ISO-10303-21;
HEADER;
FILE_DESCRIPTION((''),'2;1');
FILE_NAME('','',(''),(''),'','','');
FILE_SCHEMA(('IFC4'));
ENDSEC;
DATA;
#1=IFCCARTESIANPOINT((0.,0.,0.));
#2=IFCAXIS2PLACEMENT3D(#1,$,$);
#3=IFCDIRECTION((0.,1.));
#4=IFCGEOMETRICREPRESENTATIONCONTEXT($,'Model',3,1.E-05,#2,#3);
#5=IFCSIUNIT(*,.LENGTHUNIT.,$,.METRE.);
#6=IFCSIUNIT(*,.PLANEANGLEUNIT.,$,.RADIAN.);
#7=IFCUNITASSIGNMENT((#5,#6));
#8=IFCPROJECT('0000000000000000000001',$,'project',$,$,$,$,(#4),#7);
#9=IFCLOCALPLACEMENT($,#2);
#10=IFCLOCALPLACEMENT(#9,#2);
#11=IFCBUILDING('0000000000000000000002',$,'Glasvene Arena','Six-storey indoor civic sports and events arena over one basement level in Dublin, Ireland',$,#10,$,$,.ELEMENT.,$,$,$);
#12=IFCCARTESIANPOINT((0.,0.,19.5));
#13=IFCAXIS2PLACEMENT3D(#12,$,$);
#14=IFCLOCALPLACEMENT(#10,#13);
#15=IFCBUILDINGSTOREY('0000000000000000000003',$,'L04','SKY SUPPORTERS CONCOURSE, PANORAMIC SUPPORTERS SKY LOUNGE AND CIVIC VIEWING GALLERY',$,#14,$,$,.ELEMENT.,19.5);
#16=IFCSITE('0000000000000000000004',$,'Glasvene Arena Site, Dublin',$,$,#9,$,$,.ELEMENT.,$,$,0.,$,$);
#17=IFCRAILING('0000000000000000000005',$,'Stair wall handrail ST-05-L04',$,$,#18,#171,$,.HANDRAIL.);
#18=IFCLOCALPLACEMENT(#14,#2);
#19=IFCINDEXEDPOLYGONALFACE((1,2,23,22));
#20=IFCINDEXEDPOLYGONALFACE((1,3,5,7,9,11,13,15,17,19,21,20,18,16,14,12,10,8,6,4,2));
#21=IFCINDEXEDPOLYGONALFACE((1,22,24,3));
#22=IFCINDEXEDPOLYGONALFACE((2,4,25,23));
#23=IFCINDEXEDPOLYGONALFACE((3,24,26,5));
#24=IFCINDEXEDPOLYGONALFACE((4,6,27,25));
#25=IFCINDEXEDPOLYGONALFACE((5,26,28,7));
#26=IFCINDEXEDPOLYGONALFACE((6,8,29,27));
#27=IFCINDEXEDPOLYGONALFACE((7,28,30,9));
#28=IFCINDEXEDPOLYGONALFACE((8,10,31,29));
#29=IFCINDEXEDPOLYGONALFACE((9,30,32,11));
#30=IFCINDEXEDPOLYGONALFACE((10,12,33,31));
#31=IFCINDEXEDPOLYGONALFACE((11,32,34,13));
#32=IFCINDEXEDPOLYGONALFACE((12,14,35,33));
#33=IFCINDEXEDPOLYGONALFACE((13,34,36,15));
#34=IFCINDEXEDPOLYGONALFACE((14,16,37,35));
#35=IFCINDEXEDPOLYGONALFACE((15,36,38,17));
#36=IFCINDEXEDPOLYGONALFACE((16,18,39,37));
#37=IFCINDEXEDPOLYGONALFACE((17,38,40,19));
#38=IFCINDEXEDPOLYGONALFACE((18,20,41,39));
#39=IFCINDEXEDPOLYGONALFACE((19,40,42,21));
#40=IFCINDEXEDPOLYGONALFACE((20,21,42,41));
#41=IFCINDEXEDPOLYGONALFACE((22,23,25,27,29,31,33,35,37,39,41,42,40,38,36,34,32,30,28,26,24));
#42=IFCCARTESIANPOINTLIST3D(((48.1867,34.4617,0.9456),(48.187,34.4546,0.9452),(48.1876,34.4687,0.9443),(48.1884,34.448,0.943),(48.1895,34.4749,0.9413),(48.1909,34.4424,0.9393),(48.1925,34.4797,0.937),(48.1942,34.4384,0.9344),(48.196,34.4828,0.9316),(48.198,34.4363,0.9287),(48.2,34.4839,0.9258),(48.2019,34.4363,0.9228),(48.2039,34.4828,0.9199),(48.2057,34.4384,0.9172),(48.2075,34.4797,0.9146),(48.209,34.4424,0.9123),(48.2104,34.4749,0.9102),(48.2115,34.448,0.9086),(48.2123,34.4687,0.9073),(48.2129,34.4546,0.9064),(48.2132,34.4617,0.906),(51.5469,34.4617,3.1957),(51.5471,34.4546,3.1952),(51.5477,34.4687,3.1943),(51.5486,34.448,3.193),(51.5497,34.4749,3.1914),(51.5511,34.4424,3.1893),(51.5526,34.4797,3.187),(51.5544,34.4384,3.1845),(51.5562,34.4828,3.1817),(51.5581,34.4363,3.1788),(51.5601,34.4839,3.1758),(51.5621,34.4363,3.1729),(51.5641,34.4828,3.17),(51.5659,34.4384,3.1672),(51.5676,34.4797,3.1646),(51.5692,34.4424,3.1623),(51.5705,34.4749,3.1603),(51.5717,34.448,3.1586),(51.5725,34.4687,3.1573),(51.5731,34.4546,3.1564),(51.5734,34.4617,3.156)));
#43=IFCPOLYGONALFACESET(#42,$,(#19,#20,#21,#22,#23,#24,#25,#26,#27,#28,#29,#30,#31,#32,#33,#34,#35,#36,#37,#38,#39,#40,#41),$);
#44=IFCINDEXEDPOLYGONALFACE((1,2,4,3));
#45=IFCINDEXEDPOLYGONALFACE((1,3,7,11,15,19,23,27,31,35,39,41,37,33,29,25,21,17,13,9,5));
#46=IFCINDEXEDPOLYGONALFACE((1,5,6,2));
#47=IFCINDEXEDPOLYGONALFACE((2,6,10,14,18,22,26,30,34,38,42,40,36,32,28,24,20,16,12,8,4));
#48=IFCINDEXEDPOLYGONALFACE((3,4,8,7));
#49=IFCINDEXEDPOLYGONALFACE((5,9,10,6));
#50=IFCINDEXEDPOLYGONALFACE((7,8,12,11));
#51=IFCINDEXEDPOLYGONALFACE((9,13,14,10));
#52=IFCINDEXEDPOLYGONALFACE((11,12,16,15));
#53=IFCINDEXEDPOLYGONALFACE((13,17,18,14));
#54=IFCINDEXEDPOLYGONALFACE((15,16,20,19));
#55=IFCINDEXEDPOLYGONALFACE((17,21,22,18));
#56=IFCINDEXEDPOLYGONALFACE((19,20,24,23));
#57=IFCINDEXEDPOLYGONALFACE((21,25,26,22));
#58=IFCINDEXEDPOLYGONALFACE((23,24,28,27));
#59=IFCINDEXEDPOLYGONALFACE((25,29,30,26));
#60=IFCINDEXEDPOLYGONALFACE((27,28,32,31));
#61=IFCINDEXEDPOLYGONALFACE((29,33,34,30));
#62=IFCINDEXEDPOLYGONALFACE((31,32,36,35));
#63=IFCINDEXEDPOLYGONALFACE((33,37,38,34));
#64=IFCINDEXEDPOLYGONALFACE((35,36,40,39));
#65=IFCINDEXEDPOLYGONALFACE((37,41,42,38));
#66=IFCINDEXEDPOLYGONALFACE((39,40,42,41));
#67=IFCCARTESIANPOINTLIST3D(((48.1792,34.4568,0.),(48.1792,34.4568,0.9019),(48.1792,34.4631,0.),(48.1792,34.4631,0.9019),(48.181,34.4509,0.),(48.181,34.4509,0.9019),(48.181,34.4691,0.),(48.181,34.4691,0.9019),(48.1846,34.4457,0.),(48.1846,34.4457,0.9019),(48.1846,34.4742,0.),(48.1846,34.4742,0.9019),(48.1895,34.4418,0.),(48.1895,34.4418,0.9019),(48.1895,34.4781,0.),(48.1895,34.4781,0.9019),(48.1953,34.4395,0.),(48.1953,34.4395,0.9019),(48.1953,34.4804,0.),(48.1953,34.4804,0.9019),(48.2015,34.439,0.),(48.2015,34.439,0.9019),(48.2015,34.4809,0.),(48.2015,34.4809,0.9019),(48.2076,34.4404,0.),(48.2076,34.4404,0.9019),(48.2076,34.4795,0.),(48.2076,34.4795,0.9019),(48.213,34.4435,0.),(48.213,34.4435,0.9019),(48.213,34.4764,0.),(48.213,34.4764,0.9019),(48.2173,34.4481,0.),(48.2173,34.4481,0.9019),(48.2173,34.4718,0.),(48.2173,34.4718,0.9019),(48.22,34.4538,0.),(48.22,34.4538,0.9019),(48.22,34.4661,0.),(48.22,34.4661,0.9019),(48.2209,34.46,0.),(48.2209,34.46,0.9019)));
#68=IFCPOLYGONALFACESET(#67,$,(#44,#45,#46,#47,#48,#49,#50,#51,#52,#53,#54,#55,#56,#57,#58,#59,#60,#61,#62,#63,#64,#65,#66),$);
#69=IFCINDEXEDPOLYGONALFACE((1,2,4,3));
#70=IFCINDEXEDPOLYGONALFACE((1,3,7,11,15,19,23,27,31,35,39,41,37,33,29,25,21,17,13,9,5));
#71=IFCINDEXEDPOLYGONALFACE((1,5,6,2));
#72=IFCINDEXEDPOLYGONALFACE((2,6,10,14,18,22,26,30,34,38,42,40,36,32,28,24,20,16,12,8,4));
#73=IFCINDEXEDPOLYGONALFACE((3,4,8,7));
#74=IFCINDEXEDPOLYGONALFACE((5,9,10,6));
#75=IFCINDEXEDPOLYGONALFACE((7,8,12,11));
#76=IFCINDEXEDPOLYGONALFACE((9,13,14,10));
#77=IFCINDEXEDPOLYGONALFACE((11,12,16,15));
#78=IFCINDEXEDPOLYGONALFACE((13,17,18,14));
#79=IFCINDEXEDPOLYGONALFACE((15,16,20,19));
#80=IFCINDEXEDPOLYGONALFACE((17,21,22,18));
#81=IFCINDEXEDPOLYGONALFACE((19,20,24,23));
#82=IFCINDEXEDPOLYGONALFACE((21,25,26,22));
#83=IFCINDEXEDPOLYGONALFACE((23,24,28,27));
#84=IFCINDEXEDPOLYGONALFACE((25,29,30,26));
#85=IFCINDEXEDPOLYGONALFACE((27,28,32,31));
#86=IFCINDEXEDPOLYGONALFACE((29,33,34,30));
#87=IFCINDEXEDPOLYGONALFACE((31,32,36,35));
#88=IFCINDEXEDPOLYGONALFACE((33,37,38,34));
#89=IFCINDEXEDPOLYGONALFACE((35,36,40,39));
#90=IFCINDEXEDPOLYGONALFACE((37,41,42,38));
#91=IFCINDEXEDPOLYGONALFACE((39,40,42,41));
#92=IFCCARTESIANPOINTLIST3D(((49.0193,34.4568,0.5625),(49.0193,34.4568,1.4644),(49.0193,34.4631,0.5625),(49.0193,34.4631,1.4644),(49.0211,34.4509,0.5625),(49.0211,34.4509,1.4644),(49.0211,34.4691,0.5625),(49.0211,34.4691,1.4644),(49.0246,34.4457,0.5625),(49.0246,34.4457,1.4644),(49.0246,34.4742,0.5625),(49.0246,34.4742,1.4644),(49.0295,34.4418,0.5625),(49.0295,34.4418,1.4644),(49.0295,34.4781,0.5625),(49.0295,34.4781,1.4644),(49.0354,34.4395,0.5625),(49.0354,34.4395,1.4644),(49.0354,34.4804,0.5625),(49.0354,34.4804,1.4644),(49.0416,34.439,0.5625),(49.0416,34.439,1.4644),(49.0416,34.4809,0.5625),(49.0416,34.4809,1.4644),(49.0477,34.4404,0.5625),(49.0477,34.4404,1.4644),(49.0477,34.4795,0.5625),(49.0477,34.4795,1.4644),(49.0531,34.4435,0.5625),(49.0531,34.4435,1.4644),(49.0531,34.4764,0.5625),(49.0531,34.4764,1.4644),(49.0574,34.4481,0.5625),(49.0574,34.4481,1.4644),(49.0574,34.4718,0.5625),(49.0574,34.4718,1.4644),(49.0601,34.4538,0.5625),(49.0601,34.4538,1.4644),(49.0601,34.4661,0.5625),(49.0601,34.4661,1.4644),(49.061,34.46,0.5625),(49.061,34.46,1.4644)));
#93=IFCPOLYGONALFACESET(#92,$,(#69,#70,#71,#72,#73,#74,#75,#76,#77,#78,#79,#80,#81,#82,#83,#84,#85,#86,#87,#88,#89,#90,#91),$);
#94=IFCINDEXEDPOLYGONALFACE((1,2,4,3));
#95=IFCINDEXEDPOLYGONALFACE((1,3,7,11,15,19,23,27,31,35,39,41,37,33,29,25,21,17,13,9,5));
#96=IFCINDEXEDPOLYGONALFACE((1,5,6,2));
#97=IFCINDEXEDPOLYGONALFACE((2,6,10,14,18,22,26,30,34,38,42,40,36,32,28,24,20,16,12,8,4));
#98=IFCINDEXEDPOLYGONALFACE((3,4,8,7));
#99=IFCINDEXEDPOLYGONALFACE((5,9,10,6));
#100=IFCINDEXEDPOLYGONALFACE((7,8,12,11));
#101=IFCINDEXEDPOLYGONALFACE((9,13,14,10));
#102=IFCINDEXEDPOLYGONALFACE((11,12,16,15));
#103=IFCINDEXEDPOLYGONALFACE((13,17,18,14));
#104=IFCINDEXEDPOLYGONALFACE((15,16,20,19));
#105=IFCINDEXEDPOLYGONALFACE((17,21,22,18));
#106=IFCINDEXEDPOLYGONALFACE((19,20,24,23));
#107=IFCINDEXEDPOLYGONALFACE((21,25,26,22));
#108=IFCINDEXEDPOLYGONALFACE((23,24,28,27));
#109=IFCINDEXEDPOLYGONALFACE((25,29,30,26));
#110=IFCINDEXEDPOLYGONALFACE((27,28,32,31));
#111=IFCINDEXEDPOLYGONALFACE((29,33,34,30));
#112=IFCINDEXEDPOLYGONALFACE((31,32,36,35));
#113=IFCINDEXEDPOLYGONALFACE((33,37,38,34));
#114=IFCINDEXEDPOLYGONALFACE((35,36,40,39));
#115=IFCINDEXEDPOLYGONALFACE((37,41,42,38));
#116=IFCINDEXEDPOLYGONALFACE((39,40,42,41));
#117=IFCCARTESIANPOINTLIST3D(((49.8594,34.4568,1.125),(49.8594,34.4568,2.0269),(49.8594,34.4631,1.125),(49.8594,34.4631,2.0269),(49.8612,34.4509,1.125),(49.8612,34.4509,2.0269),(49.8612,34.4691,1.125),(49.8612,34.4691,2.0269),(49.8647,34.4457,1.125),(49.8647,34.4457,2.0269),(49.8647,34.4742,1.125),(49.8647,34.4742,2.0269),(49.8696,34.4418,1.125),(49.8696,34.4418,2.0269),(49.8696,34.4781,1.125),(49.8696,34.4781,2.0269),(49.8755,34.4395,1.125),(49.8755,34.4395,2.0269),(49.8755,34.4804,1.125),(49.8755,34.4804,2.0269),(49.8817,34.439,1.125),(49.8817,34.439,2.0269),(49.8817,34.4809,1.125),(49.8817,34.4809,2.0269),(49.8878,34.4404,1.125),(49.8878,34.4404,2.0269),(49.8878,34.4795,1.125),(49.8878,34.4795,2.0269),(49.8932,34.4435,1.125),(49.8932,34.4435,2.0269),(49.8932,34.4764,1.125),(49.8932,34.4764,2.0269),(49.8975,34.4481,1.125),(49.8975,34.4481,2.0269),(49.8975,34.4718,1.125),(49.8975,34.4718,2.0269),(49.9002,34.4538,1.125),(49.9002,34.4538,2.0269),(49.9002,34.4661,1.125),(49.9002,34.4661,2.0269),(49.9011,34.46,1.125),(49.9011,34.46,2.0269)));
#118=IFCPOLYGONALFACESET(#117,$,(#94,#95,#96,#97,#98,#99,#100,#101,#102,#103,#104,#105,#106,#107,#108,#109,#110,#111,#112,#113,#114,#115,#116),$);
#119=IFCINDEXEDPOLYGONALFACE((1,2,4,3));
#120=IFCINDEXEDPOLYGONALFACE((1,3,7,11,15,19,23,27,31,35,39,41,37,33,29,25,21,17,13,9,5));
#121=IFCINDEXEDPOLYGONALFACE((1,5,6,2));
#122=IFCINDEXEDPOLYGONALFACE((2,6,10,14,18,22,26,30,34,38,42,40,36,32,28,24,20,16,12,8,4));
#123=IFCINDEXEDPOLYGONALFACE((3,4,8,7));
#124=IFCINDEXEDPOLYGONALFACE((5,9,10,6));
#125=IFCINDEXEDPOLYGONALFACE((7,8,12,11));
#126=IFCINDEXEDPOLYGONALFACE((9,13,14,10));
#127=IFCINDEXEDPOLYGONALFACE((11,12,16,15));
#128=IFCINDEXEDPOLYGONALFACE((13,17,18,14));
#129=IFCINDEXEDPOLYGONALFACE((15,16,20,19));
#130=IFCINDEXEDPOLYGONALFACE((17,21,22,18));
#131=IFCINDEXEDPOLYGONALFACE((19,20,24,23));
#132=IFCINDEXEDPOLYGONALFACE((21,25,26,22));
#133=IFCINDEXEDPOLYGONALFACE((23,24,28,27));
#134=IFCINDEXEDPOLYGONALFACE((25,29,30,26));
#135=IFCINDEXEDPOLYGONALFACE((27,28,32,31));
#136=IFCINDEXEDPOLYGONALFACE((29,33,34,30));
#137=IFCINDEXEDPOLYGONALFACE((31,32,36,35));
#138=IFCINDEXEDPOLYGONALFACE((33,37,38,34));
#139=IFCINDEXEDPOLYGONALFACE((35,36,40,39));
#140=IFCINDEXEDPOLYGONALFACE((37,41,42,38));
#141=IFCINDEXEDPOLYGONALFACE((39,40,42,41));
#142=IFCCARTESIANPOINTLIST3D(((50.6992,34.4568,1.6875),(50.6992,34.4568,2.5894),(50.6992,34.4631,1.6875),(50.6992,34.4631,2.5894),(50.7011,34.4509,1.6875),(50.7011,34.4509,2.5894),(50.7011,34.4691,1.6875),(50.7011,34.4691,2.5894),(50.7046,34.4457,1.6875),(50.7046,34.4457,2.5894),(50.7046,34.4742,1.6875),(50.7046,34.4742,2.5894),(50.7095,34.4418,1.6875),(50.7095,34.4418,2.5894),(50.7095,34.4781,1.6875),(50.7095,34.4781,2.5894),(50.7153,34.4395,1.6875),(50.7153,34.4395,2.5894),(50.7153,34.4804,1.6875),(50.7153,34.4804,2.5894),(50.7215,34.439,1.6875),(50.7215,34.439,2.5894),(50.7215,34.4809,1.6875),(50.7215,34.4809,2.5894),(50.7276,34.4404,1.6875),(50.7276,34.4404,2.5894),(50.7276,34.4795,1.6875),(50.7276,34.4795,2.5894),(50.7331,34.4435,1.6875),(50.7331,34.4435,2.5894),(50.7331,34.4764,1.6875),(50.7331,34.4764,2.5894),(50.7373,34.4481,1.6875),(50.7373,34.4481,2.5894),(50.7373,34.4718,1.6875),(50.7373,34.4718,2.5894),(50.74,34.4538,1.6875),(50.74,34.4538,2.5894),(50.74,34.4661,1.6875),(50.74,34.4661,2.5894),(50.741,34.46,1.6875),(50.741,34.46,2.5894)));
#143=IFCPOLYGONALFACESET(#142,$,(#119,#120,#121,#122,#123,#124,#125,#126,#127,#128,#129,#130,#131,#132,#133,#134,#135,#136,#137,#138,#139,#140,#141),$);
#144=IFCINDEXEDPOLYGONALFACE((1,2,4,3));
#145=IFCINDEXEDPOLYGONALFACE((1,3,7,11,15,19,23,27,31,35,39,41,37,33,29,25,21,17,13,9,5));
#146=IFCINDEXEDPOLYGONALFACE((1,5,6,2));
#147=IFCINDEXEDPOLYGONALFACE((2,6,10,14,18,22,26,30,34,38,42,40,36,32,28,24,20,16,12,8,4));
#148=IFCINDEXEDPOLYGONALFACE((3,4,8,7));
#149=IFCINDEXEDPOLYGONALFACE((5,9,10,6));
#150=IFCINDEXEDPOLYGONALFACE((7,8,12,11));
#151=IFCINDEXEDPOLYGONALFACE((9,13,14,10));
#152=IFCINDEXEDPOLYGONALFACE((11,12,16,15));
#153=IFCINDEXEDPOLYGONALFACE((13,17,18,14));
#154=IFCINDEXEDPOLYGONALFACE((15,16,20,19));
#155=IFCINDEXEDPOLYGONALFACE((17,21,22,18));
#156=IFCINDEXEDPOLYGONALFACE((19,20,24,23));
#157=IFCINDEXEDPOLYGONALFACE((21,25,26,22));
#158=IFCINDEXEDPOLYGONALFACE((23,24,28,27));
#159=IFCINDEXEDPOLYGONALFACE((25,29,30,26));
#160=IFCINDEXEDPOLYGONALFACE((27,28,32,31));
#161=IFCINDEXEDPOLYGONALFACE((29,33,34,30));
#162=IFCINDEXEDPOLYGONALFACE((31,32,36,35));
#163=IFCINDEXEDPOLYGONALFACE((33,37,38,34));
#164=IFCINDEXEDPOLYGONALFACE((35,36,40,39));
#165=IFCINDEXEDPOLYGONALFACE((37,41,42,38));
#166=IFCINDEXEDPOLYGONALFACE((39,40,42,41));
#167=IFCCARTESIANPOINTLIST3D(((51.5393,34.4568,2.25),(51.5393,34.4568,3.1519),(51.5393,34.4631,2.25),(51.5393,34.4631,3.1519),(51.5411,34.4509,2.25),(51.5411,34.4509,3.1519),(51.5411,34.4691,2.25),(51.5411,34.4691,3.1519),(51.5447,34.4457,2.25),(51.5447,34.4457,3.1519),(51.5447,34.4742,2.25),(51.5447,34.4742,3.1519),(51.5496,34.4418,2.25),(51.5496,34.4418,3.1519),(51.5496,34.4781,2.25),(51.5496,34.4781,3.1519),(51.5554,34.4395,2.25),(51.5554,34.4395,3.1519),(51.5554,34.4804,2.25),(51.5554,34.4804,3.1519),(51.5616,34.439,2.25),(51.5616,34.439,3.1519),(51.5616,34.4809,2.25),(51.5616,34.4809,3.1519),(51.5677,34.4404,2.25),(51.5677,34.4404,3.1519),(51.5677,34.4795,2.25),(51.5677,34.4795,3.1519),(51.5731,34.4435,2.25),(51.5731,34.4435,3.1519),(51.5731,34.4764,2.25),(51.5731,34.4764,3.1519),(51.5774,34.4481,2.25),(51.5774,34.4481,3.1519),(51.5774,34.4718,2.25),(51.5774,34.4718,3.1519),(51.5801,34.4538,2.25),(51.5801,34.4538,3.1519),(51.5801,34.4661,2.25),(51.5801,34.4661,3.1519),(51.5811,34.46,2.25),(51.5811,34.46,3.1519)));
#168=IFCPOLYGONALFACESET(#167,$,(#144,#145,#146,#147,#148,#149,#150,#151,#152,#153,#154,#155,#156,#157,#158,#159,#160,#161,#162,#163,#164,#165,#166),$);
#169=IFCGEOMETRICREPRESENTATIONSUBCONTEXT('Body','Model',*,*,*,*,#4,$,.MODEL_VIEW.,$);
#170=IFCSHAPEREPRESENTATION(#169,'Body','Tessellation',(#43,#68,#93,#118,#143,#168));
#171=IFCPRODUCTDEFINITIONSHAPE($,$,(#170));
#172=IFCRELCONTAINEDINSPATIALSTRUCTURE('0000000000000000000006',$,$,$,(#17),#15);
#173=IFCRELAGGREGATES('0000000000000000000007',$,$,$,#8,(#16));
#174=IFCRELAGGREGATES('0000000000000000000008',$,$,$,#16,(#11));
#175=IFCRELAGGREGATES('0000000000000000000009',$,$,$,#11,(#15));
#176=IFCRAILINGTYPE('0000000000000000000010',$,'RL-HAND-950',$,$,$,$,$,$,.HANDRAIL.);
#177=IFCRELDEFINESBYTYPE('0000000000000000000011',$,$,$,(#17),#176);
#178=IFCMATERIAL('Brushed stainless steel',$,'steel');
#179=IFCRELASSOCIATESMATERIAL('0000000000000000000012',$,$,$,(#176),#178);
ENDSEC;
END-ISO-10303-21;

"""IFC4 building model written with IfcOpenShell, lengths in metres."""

from ifc_helpers import new_model, si_unit, direction, frame, origin, origin_2d, place, context, subcontext, project, spatial, circle, extrude, material, type_object, element, save


model = new_model("IFC4")

# Units and contexts
model_context = context("Model", 3, precision=1e-05, world=origin(), true_north=direction((0.0, 1.0)))
body_context = subcontext(model_context, "Body", "Model", "MODEL_VIEW")
ifc_project = project(units=[si_unit("LENGTHUNIT", "METRE"), si_unit("PLANEANGLEUNIT", "RADIAN")], contexts=[model_context])

# Site, building, storey
site_placement = place(None, origin())
site = spatial("IfcSite", under=ifc_project, at=site_placement, Name="Glasvene Arena Site, Dublin", CompositionType="ELEMENT", RefElevation=0.0)
building_placement = place(site_placement, origin())
building = spatial("IfcBuilding", under=site, at=building_placement, Name="Glasvene Arena", Description="Six-storey indoor civic sports and events arena over one basement level in Dublin, Ireland", CompositionType="ELEMENT")
storey_placement = place(building_placement, frame((0.0, 0.0, 19.5)))
storey = spatial("IfcBuildingStorey", under=building, at=storey_placement, Name="L04", Description="SKY SUPPORTERS CONCOURSE, PANORAMIC SUPPORTERS SKY LOUNGE AND CIVIC VIEWING GALLERY", CompositionType="ELEMENT", Elevation=19.5)

# Railing
ifc_material_1 = material(Name="Brushed stainless steel", Category="steel")
railing_type_1 = type_object("IfcRailingType", Name="RL-HAND-950", PredefinedType="HANDRAIL", material=ifc_material_1)
railing_1_placement = place(storey_placement, frame((48.2, 34.46, 0.0)))
element("IfcRailing", 1, at=railing_1_placement, inside=storey, type_object=railing_type_1, Name="Stair wall handrail ST-05-L04", PredefinedType="HANDRAIL", context=body_context, shape_type="SweptSolid", body=[
    extrude(circle(Radius=0.0239, at=origin_2d()), frame((0.0, 0.0, 0.9258), z_axis=(0.830915, 0.0, 0.556399), x_axis=(0.0, 1.0, 0.0)), (0.0, 0.0, 1.0), 4.0439),
    extrude(circle(Radius=0.021, at=origin_2d()), origin(), (0.0, 0.0, 1.0), 0.9019),
    extrude(circle(Radius=0.021, at=origin_2d()), frame((0.8401, 0.0, 0.5625)), (0.0, 0.0, 1.0), 0.9019),
    extrude(circle(Radius=0.021, at=origin_2d()), frame((1.6802, 0.0, 1.125)), (0.0, 0.0, 1.0), 0.9019),
    extrude(circle(Radius=0.021, at=origin_2d()), frame((2.52, 0.0, 1.6875)), (0.0, 0.0, 1.0), 0.9019),
    extrude(circle(Radius=0.021, at=origin_2d()), frame((3.3601, 0.0, 2.25)), (0.0, 0.0, 1.0), 0.9019),
])

save(model, "model.ifc")
